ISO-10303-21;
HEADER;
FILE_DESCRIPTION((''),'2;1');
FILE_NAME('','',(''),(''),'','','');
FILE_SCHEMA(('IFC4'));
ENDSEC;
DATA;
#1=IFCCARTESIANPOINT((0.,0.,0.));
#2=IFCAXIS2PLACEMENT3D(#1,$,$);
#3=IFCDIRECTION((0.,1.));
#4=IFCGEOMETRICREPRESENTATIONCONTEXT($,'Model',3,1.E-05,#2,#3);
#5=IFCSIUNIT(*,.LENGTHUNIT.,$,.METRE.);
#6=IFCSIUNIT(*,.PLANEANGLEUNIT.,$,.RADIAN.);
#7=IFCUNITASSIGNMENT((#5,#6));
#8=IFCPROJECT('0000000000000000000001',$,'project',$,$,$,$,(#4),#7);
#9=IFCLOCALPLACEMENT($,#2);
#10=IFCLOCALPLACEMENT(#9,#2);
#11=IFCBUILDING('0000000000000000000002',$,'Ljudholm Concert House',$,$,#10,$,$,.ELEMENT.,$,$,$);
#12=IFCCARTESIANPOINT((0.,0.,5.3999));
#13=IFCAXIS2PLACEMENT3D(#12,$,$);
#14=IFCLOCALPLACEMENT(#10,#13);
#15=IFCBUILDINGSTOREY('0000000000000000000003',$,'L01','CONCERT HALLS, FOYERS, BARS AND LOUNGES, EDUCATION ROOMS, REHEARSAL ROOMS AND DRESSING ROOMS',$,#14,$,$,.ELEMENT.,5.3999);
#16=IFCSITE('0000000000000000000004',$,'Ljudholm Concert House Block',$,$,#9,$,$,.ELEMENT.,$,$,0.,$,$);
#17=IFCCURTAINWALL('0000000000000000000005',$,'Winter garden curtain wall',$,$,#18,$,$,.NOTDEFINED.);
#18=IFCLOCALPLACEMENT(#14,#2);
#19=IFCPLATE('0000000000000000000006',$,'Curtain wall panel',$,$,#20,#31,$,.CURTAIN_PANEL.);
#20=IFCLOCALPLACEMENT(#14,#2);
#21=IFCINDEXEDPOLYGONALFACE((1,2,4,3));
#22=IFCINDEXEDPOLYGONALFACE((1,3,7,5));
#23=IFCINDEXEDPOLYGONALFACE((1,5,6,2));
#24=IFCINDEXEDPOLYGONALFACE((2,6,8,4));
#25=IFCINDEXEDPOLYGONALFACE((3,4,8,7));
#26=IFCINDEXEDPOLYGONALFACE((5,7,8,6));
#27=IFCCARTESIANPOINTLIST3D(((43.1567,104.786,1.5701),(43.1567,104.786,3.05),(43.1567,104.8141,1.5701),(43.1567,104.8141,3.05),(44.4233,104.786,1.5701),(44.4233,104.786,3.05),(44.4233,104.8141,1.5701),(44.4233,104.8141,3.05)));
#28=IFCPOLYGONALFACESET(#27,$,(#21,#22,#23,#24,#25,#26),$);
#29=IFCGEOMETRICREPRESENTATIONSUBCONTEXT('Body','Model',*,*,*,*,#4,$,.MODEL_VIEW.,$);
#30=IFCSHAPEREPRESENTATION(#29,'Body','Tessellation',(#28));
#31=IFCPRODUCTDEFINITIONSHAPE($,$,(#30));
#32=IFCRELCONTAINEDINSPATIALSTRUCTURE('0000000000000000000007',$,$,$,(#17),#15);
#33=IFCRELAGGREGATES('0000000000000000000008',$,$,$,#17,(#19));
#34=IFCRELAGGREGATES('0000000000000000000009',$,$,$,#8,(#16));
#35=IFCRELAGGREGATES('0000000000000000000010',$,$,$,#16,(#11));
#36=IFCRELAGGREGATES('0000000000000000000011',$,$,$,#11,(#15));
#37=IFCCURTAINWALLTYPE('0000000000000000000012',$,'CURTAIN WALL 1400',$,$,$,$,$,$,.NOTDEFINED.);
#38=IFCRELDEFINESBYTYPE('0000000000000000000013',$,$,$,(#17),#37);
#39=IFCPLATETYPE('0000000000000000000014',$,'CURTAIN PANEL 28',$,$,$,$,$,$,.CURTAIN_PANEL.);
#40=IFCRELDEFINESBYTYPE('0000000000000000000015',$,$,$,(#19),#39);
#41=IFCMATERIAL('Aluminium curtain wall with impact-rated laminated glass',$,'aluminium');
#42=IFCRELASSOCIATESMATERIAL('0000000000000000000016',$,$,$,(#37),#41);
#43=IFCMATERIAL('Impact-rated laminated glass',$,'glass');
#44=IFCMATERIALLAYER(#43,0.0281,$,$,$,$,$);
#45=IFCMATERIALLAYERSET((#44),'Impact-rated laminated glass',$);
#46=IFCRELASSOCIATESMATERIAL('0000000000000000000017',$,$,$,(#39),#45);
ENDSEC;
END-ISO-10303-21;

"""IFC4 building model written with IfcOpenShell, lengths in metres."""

from ifc_helpers import new_model, si_unit, direction, frame, origin, origin_2d, place, context, subcontext, project, spatial, rectangle, extrude, material, layer, layer_set, type_object, element, aggregate, save


model = new_model("IFC4")

# Units and contexts
model_context = context("Model", 3, precision=1e-05, world=origin(), true_north=direction((0.0, 1.0)))
body_context = subcontext(model_context, "Body", "Model", "MODEL_VIEW")
ifc_project = project(units=[si_unit("LENGTHUNIT", "METRE"), si_unit("PLANEANGLEUNIT", "RADIAN")], contexts=[model_context])

# Site, building, storey
site_placement = place(None, origin())
site = spatial("IfcSite", under=ifc_project, at=site_placement, Name="Ljudholm Concert House Block", CompositionType="ELEMENT", RefElevation=0.0)
building_placement = place(site_placement, origin())
building = spatial("IfcBuilding", under=site, at=building_placement, Name="Ljudholm Concert House", CompositionType="ELEMENT")
storey_placement = place(building_placement, frame((0.0, 0.0, 5.3999)))
storey = spatial("IfcBuildingStorey", under=building, at=storey_placement, Name="L01", Description="CONCERT HALLS, FOYERS, BARS AND LOUNGES, EDUCATION ROOMS, REHEARSAL ROOMS AND DRESSING ROOMS", CompositionType="ELEMENT", Elevation=5.3999)

# Shared definitions
ifc_material_1 = material(Name="Aluminium curtain wall with impact-rated laminated glass", Category="aluminium")
curtain_wall_type = type_object("IfcCurtainWallType", Name="CURTAIN WALL 1400", PredefinedType="NOTDEFINED", material=ifc_material_1)

# Curtain wall
curtain_wall_1_placement = place(storey_placement, origin())
curtain_wall_1 = element("IfcCurtainWall", 1, at=curtain_wall_1_placement, inside=storey, type_object=curtain_wall_type, Name="Winter garden curtain wall", PredefinedType="NOTDEFINED")

# Plate
ifc_material_2 = material(Name="Impact-rated laminated glass", Category="glass")
ifc_layer = layer(ifc_material_2, 0.0281)
ifc_layer_set = layer_set([ifc_layer], Name="Impact-rated laminated glass")
plate_type = type_object("IfcPlateType", Name="CURTAIN PANEL 28", PredefinedType="CURTAIN_PANEL", material=ifc_layer_set)
plate_1_placement = place(storey_placement, frame((43.79, 104.8, 1.5701), z_axis=(0.0, 0.0, 1.0), x_axis=(1.0, 0.0, 0.0)))
plate_1 = element("IfcPlate", 2, at=plate_1_placement, type_object=plate_type, Name="Curtain wall panel", PredefinedType="CURTAIN_PANEL", context=body_context, shape_type="SweptSolid", body=[
    extrude(rectangle(XDim=1.2666, YDim=0.0281, at=origin_2d()), origin(), (0.0, 0.0, 1.0), 1.48),
])
aggregate(curtain_wall_1, [plate_1])

save(model, "model.ifc")
